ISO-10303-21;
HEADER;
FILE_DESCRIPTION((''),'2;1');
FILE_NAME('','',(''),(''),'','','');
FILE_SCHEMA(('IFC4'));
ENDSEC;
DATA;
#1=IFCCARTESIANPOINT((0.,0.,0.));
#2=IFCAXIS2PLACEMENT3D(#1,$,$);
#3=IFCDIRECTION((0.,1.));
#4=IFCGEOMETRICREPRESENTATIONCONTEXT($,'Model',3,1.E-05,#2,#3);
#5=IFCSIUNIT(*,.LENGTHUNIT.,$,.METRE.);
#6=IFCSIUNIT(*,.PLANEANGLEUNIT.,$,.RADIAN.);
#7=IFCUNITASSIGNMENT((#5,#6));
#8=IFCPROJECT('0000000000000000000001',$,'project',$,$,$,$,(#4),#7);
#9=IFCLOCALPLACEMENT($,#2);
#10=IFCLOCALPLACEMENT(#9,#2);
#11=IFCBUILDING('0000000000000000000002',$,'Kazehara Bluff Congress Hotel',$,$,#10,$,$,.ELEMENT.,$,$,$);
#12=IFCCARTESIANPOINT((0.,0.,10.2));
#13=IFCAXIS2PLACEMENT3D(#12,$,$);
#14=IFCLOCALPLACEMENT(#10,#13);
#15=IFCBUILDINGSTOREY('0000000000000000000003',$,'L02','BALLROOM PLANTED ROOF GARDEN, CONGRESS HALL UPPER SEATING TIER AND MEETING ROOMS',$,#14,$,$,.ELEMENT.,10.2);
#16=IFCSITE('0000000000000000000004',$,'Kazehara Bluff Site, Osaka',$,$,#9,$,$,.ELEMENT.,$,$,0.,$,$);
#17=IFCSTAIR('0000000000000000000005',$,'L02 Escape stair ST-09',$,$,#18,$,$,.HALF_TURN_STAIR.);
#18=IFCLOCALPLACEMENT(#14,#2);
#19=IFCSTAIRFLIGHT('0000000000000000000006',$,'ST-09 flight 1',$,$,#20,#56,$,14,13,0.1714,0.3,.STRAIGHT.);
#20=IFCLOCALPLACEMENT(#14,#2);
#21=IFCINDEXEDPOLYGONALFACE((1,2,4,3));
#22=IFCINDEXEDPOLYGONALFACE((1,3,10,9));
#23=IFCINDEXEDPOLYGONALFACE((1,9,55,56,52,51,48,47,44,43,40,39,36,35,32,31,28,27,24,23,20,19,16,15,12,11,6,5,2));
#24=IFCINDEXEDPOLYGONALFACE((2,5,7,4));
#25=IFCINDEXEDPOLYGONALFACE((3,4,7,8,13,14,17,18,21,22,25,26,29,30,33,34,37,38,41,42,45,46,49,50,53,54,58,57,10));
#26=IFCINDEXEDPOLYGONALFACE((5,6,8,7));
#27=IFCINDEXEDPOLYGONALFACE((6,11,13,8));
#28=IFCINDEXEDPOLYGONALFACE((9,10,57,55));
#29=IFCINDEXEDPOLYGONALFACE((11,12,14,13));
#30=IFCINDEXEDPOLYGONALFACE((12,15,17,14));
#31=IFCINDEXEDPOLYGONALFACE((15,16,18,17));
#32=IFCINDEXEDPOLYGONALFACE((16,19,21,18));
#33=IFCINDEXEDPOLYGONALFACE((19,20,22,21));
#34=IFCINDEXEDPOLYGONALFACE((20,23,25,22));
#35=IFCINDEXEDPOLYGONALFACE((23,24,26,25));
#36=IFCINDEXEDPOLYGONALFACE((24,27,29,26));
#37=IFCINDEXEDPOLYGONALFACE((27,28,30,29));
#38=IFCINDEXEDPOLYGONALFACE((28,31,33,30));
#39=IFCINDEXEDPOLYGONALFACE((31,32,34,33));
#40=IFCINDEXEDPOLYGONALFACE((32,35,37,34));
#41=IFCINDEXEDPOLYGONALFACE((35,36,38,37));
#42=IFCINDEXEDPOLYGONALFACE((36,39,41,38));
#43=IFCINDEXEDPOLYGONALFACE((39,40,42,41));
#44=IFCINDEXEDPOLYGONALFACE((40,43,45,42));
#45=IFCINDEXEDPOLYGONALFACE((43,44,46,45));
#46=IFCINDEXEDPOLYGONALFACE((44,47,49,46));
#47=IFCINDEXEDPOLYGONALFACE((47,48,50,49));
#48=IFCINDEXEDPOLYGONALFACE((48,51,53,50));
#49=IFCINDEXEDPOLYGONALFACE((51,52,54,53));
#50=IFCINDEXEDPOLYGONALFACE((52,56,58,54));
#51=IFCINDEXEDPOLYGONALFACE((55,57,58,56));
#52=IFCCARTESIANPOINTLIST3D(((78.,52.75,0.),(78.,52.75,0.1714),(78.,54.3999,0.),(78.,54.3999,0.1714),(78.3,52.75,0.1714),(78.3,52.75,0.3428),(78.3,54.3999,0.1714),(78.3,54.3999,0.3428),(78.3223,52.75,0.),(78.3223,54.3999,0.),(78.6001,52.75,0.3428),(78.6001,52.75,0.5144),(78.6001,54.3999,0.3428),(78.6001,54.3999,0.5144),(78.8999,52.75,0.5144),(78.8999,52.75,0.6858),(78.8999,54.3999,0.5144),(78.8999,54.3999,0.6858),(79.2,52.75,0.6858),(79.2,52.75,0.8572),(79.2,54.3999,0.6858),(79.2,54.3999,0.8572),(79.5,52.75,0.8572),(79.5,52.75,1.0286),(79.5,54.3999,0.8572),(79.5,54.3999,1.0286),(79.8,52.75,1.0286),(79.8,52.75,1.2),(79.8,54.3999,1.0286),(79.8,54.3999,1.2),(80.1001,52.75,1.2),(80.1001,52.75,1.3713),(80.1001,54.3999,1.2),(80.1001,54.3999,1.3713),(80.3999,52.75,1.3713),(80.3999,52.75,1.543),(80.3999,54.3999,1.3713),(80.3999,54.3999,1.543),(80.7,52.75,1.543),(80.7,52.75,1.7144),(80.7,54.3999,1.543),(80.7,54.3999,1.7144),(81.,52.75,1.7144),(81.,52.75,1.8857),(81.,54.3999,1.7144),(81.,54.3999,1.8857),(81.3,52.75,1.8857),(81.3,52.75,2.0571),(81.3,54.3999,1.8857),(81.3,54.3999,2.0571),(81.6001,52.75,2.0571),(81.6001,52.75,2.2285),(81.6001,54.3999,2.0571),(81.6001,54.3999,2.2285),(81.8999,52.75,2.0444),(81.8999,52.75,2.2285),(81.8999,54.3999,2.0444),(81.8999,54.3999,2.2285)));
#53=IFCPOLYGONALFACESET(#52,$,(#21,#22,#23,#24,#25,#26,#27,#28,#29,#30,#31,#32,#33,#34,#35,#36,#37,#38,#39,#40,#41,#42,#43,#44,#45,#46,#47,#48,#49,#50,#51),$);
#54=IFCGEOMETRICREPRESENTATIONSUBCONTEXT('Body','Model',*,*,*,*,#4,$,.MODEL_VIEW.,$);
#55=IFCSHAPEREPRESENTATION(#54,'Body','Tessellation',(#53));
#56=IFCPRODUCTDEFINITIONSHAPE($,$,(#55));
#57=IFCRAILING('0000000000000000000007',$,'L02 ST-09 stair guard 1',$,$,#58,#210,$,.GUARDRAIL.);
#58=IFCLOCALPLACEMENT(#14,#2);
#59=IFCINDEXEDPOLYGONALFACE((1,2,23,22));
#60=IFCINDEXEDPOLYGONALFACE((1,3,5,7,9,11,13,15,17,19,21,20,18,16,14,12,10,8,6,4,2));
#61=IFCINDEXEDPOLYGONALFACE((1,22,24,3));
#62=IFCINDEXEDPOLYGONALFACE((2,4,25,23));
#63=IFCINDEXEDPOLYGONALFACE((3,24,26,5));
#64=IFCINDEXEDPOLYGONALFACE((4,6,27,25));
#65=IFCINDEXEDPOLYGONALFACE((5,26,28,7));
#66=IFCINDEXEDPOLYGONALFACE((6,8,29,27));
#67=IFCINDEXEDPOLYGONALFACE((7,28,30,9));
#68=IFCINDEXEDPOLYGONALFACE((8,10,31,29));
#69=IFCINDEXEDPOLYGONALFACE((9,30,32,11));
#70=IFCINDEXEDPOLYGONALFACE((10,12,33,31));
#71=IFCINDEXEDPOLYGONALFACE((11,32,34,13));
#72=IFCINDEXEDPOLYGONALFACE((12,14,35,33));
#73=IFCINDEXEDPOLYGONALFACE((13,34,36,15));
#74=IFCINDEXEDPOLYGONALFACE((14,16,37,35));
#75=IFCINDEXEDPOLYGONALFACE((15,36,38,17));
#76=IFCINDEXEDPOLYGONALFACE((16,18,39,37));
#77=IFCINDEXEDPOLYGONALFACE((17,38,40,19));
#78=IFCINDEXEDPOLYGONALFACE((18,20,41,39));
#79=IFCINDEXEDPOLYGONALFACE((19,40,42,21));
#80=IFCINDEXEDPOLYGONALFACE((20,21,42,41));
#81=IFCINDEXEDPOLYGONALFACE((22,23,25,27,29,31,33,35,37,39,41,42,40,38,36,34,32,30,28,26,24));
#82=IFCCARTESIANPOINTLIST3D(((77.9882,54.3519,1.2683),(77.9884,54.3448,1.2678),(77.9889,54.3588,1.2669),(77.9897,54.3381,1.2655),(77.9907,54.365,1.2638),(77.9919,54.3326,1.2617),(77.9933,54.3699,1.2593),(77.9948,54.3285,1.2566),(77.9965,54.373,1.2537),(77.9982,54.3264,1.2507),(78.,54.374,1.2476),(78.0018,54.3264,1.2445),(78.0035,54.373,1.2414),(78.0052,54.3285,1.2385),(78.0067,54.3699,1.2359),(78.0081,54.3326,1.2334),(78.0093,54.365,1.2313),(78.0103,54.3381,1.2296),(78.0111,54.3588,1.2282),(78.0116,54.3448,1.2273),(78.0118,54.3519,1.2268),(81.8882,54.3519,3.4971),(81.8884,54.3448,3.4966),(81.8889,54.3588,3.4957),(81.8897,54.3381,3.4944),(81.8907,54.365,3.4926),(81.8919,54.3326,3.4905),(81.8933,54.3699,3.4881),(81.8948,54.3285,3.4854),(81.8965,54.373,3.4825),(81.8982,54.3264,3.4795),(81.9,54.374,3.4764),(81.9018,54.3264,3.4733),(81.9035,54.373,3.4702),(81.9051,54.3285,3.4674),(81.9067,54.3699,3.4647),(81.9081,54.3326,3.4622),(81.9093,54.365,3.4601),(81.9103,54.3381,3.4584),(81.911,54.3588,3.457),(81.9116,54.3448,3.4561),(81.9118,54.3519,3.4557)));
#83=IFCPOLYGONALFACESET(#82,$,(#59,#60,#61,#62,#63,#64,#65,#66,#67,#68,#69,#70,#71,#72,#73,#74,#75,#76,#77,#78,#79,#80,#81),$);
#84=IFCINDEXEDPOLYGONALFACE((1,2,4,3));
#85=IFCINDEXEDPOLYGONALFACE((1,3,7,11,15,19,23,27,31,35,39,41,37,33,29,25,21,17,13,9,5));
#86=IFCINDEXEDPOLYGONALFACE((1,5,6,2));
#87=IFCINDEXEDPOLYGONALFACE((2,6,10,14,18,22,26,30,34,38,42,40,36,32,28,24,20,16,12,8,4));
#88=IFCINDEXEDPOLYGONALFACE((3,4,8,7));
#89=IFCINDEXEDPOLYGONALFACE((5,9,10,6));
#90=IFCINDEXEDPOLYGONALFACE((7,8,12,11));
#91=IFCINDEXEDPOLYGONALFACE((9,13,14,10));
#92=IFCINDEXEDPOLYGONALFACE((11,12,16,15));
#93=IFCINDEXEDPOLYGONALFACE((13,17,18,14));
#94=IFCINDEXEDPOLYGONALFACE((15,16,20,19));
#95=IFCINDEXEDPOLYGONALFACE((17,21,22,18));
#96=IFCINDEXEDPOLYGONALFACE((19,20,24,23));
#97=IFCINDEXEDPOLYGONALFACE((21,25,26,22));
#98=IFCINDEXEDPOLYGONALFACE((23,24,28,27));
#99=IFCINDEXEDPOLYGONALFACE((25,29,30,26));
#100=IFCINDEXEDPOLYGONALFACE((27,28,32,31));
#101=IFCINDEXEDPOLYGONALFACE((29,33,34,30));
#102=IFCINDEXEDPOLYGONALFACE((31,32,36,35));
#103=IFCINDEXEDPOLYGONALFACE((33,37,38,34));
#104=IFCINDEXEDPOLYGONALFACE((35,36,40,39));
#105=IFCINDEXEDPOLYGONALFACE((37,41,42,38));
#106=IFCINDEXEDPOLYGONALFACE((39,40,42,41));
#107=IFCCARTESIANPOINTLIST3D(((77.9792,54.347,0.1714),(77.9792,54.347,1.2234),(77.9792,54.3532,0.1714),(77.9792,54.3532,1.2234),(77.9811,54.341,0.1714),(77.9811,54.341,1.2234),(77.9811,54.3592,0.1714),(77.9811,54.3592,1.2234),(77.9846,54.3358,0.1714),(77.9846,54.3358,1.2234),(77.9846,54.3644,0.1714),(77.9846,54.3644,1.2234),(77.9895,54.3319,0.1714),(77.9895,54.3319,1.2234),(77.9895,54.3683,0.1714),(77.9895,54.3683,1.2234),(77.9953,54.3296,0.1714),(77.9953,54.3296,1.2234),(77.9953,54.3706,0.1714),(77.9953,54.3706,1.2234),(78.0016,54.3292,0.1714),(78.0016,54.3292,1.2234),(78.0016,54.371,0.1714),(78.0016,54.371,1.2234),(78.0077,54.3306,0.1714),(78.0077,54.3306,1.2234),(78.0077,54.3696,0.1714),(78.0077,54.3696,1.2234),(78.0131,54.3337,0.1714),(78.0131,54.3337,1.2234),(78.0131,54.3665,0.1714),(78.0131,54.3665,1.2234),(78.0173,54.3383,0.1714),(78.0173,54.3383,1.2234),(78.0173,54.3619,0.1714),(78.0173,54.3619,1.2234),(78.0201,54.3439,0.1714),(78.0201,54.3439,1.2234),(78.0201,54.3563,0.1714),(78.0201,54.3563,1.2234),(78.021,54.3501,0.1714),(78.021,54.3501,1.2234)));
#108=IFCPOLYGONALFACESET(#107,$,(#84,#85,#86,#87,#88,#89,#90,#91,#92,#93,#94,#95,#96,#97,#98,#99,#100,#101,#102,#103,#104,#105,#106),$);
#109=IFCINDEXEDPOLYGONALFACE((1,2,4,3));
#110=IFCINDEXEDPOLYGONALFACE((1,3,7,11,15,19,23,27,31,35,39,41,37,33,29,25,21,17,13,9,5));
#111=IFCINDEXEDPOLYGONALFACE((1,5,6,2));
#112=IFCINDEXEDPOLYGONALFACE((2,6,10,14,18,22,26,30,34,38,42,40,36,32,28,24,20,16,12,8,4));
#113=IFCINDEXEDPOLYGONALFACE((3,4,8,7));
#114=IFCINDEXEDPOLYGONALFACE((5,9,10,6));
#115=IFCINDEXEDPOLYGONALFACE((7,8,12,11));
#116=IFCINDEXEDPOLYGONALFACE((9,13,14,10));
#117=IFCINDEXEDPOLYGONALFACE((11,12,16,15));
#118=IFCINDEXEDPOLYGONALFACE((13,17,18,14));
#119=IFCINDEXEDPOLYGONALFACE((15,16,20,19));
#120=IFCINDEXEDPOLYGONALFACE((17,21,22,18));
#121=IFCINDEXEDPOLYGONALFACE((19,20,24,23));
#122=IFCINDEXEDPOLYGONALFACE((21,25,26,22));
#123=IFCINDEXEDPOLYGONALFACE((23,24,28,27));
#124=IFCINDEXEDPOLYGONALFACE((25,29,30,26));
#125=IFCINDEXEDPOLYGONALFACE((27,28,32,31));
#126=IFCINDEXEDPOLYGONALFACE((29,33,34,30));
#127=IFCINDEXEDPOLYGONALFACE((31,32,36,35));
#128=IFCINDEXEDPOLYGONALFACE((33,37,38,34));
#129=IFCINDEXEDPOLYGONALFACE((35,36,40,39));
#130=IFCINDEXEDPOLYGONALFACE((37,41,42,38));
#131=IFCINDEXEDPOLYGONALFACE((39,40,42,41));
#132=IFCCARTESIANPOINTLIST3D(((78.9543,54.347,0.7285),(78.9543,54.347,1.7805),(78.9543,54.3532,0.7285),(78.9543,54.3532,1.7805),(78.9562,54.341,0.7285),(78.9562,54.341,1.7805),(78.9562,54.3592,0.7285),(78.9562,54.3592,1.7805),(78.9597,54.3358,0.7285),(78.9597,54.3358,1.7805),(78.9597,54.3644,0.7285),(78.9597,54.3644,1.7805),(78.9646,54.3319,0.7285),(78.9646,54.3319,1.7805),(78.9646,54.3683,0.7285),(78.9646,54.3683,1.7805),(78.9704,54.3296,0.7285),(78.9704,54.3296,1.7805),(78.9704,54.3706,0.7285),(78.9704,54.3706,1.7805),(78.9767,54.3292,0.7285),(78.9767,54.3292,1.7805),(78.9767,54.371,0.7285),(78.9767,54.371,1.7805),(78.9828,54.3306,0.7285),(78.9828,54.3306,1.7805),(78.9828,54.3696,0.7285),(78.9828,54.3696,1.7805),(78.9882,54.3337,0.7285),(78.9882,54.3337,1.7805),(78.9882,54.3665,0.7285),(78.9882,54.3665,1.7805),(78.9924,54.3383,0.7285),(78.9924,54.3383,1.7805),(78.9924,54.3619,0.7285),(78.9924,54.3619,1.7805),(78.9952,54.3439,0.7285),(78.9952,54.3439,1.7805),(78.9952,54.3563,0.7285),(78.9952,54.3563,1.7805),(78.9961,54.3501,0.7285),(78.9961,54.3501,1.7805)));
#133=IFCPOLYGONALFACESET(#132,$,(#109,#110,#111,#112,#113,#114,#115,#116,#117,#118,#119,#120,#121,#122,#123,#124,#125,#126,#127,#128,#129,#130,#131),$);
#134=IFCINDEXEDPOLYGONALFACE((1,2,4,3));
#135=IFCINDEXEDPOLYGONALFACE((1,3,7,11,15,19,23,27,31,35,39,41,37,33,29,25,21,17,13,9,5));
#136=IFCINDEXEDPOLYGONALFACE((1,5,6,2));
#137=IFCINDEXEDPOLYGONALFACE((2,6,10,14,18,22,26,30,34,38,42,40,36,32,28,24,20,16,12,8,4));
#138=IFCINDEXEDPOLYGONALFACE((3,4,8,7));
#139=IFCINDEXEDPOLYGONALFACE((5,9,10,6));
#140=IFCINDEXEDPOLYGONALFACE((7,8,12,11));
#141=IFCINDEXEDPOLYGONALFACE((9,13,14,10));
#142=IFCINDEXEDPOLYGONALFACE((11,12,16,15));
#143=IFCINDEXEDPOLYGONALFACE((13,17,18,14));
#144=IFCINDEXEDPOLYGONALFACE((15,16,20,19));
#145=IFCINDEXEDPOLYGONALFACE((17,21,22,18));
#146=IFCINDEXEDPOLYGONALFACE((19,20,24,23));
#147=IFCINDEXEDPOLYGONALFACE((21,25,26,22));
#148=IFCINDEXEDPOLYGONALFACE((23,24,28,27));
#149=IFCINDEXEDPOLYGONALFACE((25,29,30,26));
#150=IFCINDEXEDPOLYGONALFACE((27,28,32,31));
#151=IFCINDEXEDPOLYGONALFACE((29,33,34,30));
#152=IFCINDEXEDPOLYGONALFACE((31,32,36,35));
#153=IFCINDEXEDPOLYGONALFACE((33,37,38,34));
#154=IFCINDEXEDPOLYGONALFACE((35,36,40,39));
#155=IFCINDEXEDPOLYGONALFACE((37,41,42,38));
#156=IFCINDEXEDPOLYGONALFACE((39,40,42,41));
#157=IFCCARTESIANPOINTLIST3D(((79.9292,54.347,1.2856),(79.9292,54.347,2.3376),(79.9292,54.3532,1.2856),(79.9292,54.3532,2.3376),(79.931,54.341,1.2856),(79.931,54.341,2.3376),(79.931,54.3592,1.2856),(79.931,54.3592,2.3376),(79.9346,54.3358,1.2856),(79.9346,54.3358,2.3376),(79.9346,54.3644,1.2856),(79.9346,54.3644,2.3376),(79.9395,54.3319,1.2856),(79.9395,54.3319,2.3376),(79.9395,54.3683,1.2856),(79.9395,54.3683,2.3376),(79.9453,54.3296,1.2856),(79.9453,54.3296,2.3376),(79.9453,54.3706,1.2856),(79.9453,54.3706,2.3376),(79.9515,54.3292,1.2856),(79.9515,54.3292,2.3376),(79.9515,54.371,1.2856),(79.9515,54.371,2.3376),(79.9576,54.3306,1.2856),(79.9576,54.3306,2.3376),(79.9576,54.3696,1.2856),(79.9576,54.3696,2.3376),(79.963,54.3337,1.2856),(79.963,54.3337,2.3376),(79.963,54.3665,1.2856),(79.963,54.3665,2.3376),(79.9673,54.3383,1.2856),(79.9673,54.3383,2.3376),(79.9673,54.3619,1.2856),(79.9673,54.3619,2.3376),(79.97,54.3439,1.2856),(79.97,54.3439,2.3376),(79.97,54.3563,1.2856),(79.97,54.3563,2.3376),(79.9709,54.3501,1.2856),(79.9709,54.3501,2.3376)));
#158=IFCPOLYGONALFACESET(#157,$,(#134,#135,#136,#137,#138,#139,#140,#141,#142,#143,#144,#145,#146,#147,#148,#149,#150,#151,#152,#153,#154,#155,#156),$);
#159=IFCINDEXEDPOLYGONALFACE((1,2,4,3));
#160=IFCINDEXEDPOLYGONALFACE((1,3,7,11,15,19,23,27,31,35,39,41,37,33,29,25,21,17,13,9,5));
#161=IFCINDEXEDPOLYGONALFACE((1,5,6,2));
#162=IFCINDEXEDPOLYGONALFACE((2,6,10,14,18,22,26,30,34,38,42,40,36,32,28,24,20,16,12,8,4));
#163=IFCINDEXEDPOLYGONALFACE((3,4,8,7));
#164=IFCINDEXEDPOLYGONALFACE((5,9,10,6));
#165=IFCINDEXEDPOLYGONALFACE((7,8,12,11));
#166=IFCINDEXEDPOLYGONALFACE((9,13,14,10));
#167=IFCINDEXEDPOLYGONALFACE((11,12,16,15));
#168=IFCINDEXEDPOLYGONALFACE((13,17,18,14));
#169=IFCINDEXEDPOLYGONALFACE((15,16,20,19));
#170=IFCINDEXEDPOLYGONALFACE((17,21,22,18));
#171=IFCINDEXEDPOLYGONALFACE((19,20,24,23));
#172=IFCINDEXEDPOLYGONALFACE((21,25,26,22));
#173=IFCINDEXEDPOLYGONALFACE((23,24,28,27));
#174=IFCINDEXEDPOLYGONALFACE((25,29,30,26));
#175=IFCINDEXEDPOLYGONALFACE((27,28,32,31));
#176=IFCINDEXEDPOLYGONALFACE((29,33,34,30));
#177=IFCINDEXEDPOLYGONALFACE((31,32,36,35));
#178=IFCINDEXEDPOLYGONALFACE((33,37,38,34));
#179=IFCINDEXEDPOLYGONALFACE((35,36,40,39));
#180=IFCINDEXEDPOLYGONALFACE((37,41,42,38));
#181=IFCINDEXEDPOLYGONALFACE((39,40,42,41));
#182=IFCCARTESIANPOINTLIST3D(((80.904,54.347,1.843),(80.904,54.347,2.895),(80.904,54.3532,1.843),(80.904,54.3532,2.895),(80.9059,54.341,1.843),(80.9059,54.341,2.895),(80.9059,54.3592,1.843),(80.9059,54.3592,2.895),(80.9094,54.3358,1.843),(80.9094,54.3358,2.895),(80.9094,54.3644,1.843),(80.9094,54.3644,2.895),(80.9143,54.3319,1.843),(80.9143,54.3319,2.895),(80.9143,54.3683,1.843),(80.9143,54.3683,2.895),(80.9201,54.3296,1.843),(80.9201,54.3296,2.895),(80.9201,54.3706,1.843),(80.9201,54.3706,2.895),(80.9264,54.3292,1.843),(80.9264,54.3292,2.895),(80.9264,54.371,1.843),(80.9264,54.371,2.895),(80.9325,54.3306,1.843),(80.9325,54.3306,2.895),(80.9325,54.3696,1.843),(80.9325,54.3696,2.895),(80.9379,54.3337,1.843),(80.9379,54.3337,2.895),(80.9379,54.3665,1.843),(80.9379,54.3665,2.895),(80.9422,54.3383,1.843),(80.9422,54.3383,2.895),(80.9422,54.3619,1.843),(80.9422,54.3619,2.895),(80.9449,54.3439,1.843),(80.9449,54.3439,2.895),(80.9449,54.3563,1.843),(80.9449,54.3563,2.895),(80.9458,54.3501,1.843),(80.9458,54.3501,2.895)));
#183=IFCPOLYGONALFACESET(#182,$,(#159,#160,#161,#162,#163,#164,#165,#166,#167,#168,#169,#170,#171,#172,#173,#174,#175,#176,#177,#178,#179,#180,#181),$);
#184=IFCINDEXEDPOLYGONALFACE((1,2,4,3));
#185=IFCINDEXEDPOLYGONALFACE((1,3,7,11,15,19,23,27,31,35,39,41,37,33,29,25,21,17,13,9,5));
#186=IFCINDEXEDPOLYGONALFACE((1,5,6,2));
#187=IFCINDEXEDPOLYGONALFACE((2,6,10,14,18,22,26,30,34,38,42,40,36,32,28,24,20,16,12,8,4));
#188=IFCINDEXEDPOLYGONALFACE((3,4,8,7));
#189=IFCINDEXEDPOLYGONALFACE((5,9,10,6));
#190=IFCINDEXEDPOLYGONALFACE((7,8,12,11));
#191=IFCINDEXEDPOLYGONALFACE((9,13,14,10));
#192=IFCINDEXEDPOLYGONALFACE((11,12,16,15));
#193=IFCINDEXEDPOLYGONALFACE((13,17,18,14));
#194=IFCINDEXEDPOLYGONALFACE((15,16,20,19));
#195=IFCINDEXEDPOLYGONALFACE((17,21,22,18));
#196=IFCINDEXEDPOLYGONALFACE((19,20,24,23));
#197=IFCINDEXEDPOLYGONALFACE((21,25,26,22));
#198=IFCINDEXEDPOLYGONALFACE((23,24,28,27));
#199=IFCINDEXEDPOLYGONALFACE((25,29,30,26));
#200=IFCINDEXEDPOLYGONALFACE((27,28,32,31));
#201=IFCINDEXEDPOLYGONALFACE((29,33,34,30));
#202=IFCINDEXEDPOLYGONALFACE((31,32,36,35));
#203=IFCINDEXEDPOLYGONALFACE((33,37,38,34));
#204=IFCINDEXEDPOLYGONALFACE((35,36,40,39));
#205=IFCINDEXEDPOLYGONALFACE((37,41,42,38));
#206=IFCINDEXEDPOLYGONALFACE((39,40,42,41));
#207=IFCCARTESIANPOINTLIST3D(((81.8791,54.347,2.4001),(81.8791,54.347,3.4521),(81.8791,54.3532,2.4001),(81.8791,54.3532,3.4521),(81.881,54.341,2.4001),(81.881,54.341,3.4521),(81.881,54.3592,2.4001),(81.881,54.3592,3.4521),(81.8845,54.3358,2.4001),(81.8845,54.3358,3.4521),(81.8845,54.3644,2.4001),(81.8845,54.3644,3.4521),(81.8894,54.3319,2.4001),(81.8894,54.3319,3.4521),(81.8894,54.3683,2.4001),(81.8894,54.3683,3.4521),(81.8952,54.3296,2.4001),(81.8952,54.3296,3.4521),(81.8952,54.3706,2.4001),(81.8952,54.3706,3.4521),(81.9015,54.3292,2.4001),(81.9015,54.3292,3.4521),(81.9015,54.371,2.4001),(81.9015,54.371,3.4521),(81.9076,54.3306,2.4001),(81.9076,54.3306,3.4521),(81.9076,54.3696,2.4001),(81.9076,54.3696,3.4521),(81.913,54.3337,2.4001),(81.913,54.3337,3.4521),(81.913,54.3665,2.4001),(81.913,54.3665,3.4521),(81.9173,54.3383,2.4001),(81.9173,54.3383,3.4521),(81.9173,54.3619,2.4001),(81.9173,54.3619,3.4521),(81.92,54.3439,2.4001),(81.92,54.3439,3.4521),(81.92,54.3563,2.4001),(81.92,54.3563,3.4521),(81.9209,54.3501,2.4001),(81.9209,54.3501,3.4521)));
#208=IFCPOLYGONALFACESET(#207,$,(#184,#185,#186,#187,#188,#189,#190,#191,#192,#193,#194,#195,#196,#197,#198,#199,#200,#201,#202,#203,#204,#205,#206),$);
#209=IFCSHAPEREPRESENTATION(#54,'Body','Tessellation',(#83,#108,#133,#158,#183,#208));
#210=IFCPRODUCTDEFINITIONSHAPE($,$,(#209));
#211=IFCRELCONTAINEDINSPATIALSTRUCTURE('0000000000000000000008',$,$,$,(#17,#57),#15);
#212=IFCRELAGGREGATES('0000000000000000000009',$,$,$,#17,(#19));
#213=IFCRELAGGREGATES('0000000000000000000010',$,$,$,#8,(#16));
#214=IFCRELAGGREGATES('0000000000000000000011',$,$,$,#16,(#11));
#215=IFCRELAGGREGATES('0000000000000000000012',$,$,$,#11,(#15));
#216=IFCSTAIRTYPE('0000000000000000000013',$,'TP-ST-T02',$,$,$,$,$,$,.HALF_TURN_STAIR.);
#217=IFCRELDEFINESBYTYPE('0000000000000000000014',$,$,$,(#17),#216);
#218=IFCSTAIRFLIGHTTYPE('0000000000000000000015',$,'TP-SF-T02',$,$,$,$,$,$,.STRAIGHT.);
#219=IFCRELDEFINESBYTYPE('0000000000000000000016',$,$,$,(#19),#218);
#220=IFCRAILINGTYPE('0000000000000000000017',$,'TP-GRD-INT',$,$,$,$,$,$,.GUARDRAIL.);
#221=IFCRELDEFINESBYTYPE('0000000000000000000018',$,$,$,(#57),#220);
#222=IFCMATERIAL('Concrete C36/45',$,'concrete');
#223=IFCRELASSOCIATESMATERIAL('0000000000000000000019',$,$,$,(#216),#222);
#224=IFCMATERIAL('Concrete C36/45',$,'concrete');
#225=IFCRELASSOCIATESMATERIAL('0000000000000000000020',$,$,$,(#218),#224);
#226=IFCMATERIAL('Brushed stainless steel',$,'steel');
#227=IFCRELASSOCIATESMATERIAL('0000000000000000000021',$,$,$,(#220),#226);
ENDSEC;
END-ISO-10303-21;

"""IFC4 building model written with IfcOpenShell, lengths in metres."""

from ifc_helpers import new_model, si_unit, direction, frame, origin, origin_2d, place, context, subcontext, project, spatial, polyline, circle, outline, extrude, material, type_object, element, aggregate, save


model = new_model("IFC4")

# Units and contexts
model_context = context("Model", 3, precision=1e-05, world=origin(), true_north=direction((0.0, 1.0)))
body_context = subcontext(model_context, "Body", "Model", "MODEL_VIEW")
ifc_project = project(units=[si_unit("LENGTHUNIT", "METRE"), si_unit("PLANEANGLEUNIT", "RADIAN")], contexts=[model_context])

# Site, building, storey
site_placement = place(None, origin())
site = spatial("IfcSite", under=ifc_project, at=site_placement, Name="Kazehara Bluff Site, Osaka", CompositionType="ELEMENT", RefElevation=0.0)
building_placement = place(site_placement, origin())
building = spatial("IfcBuilding", under=site, at=building_placement, Name="Kazehara Bluff Congress Hotel", CompositionType="ELEMENT")
storey_placement = place(building_placement, frame((0.0, 0.0, 10.2)))
storey = spatial("IfcBuildingStorey", under=building, at=storey_placement, Name="L02", Description="BALLROOM PLANTED ROOF GARDEN, CONGRESS HALL UPPER SEATING TIER AND MEETING ROOMS", CompositionType="ELEMENT", Elevation=10.2)

# Stair, stair flight
ifc_material_1 = material(Name="Concrete C36/45", Category="concrete")
stair_type = type_object("IfcStairType", Name="TP-ST-T02", PredefinedType="HALF_TURN_STAIR", material=ifc_material_1)
stair_placement = place(storey_placement, origin())
stair = element("IfcStair", 1, at=stair_placement, inside=storey, type_object=stair_type, Name="L02 Escape stair ST-09", PredefinedType="HALF_TURN_STAIR")
ifc_material_2 = material(Name="Concrete C36/45", Category="concrete")
stair_flight_type = type_object("IfcStairFlightType", Name="TP-SF-T02", PredefinedType="STRAIGHT", material=ifc_material_2)
stair_flight_placement = place(storey_placement, frame((78.0, 53.575, 0.0), z_axis=(0.0, 0.0, 1.0), x_axis=(1.0, 0.0, 0.0)))
stair_flight = element("IfcStairFlight", 2, at=stair_flight_placement, type_object=stair_flight_type, Name="ST-09 flight 1", NumberOfRisers=14, NumberOfTreads=13, PredefinedType="STRAIGHT", RiserHeight=0.1714, TreadLength=0.3, context=body_context, shape_type="SweptSolid", body=[
    extrude(outline(polyline([(0.0, 0.0), (0.0, 0.1714), (0.3, 0.1714), (0.3, 0.3428), (0.6001, 0.3428), (0.6001, 0.5144), (0.8999, 0.5144), (0.8999, 0.6858), (1.2, 0.6858), (1.2, 0.8572), (1.5, 0.8572), (1.5, 1.0286), (1.8, 1.0286), (1.8, 1.2), (2.1001, 1.2), (2.1001, 1.3713), (2.3999, 1.3713), (2.3999, 1.543), (2.7, 1.543), (2.7, 1.7144), (3.0, 1.7144), (3.0, 1.8857), (3.3, 1.8857), (3.3, 2.0571), (3.6001, 2.0571), (3.6001, 2.2285), (3.8999, 2.2285), (3.8999, 2.3999), (3.8999, 2.0444), (0.3223, 0.0), (0.0, 0.0)])), frame((0.0, 0.825, 0.0), z_axis=(0.0, -1.0, 0.0), x_axis=(1.0, 0.0, 0.0)), (0.0, 0.0, 1.0), 1.6499),
])
aggregate(stair, [stair_flight])

# Railing
ifc_material_3 = material(Name="Brushed stainless steel", Category="steel")
railing_type_1 = type_object("IfcRailingType", Name="TP-GRD-INT", PredefinedType="GUARDRAIL", material=ifc_material_3)
railing_1_placement = place(storey_placement, frame((78.0, 54.3501, 0.1714)))
element("IfcRailing", 3, at=railing_1_placement, inside=storey, type_object=railing_type_1, Name="L02 ST-09 stair guard 1", PredefinedType="GUARDRAIL", context=body_context, shape_type="SweptSolid", body=[
    extrude(circle(Radius=0.0239, at=origin_2d()), frame((0.0, 0.0, 1.0762), z_axis=(0.86822, 0.0, 0.49618), x_axis=(0.0, 1.0, 0.0)), (0.0, 0.0, 1.0), 4.4919),
    extrude(circle(Radius=0.021, at=origin_2d()), origin(), (0.0, 0.0, 1.0), 1.052),
    extrude(circle(Radius=0.021, at=origin_2d()), frame((0.9751, 0.0, 0.5571)), (0.0, 0.0, 1.0), 1.052),
    extrude(circle(Radius=0.021, at=origin_2d()), frame((1.95, 0.0, 1.1143)), (0.0, 0.0, 1.0), 1.052),
    extrude(circle(Radius=0.021, at=origin_2d()), frame((2.9248, 0.0, 1.6716)), (0.0, 0.0, 1.0), 1.052),
    extrude(circle(Radius=0.021, at=origin_2d()), frame((3.8999, 0.0, 2.2288)), (0.0, 0.0, 1.0), 1.052),
])

save(model, "model.ifc")
